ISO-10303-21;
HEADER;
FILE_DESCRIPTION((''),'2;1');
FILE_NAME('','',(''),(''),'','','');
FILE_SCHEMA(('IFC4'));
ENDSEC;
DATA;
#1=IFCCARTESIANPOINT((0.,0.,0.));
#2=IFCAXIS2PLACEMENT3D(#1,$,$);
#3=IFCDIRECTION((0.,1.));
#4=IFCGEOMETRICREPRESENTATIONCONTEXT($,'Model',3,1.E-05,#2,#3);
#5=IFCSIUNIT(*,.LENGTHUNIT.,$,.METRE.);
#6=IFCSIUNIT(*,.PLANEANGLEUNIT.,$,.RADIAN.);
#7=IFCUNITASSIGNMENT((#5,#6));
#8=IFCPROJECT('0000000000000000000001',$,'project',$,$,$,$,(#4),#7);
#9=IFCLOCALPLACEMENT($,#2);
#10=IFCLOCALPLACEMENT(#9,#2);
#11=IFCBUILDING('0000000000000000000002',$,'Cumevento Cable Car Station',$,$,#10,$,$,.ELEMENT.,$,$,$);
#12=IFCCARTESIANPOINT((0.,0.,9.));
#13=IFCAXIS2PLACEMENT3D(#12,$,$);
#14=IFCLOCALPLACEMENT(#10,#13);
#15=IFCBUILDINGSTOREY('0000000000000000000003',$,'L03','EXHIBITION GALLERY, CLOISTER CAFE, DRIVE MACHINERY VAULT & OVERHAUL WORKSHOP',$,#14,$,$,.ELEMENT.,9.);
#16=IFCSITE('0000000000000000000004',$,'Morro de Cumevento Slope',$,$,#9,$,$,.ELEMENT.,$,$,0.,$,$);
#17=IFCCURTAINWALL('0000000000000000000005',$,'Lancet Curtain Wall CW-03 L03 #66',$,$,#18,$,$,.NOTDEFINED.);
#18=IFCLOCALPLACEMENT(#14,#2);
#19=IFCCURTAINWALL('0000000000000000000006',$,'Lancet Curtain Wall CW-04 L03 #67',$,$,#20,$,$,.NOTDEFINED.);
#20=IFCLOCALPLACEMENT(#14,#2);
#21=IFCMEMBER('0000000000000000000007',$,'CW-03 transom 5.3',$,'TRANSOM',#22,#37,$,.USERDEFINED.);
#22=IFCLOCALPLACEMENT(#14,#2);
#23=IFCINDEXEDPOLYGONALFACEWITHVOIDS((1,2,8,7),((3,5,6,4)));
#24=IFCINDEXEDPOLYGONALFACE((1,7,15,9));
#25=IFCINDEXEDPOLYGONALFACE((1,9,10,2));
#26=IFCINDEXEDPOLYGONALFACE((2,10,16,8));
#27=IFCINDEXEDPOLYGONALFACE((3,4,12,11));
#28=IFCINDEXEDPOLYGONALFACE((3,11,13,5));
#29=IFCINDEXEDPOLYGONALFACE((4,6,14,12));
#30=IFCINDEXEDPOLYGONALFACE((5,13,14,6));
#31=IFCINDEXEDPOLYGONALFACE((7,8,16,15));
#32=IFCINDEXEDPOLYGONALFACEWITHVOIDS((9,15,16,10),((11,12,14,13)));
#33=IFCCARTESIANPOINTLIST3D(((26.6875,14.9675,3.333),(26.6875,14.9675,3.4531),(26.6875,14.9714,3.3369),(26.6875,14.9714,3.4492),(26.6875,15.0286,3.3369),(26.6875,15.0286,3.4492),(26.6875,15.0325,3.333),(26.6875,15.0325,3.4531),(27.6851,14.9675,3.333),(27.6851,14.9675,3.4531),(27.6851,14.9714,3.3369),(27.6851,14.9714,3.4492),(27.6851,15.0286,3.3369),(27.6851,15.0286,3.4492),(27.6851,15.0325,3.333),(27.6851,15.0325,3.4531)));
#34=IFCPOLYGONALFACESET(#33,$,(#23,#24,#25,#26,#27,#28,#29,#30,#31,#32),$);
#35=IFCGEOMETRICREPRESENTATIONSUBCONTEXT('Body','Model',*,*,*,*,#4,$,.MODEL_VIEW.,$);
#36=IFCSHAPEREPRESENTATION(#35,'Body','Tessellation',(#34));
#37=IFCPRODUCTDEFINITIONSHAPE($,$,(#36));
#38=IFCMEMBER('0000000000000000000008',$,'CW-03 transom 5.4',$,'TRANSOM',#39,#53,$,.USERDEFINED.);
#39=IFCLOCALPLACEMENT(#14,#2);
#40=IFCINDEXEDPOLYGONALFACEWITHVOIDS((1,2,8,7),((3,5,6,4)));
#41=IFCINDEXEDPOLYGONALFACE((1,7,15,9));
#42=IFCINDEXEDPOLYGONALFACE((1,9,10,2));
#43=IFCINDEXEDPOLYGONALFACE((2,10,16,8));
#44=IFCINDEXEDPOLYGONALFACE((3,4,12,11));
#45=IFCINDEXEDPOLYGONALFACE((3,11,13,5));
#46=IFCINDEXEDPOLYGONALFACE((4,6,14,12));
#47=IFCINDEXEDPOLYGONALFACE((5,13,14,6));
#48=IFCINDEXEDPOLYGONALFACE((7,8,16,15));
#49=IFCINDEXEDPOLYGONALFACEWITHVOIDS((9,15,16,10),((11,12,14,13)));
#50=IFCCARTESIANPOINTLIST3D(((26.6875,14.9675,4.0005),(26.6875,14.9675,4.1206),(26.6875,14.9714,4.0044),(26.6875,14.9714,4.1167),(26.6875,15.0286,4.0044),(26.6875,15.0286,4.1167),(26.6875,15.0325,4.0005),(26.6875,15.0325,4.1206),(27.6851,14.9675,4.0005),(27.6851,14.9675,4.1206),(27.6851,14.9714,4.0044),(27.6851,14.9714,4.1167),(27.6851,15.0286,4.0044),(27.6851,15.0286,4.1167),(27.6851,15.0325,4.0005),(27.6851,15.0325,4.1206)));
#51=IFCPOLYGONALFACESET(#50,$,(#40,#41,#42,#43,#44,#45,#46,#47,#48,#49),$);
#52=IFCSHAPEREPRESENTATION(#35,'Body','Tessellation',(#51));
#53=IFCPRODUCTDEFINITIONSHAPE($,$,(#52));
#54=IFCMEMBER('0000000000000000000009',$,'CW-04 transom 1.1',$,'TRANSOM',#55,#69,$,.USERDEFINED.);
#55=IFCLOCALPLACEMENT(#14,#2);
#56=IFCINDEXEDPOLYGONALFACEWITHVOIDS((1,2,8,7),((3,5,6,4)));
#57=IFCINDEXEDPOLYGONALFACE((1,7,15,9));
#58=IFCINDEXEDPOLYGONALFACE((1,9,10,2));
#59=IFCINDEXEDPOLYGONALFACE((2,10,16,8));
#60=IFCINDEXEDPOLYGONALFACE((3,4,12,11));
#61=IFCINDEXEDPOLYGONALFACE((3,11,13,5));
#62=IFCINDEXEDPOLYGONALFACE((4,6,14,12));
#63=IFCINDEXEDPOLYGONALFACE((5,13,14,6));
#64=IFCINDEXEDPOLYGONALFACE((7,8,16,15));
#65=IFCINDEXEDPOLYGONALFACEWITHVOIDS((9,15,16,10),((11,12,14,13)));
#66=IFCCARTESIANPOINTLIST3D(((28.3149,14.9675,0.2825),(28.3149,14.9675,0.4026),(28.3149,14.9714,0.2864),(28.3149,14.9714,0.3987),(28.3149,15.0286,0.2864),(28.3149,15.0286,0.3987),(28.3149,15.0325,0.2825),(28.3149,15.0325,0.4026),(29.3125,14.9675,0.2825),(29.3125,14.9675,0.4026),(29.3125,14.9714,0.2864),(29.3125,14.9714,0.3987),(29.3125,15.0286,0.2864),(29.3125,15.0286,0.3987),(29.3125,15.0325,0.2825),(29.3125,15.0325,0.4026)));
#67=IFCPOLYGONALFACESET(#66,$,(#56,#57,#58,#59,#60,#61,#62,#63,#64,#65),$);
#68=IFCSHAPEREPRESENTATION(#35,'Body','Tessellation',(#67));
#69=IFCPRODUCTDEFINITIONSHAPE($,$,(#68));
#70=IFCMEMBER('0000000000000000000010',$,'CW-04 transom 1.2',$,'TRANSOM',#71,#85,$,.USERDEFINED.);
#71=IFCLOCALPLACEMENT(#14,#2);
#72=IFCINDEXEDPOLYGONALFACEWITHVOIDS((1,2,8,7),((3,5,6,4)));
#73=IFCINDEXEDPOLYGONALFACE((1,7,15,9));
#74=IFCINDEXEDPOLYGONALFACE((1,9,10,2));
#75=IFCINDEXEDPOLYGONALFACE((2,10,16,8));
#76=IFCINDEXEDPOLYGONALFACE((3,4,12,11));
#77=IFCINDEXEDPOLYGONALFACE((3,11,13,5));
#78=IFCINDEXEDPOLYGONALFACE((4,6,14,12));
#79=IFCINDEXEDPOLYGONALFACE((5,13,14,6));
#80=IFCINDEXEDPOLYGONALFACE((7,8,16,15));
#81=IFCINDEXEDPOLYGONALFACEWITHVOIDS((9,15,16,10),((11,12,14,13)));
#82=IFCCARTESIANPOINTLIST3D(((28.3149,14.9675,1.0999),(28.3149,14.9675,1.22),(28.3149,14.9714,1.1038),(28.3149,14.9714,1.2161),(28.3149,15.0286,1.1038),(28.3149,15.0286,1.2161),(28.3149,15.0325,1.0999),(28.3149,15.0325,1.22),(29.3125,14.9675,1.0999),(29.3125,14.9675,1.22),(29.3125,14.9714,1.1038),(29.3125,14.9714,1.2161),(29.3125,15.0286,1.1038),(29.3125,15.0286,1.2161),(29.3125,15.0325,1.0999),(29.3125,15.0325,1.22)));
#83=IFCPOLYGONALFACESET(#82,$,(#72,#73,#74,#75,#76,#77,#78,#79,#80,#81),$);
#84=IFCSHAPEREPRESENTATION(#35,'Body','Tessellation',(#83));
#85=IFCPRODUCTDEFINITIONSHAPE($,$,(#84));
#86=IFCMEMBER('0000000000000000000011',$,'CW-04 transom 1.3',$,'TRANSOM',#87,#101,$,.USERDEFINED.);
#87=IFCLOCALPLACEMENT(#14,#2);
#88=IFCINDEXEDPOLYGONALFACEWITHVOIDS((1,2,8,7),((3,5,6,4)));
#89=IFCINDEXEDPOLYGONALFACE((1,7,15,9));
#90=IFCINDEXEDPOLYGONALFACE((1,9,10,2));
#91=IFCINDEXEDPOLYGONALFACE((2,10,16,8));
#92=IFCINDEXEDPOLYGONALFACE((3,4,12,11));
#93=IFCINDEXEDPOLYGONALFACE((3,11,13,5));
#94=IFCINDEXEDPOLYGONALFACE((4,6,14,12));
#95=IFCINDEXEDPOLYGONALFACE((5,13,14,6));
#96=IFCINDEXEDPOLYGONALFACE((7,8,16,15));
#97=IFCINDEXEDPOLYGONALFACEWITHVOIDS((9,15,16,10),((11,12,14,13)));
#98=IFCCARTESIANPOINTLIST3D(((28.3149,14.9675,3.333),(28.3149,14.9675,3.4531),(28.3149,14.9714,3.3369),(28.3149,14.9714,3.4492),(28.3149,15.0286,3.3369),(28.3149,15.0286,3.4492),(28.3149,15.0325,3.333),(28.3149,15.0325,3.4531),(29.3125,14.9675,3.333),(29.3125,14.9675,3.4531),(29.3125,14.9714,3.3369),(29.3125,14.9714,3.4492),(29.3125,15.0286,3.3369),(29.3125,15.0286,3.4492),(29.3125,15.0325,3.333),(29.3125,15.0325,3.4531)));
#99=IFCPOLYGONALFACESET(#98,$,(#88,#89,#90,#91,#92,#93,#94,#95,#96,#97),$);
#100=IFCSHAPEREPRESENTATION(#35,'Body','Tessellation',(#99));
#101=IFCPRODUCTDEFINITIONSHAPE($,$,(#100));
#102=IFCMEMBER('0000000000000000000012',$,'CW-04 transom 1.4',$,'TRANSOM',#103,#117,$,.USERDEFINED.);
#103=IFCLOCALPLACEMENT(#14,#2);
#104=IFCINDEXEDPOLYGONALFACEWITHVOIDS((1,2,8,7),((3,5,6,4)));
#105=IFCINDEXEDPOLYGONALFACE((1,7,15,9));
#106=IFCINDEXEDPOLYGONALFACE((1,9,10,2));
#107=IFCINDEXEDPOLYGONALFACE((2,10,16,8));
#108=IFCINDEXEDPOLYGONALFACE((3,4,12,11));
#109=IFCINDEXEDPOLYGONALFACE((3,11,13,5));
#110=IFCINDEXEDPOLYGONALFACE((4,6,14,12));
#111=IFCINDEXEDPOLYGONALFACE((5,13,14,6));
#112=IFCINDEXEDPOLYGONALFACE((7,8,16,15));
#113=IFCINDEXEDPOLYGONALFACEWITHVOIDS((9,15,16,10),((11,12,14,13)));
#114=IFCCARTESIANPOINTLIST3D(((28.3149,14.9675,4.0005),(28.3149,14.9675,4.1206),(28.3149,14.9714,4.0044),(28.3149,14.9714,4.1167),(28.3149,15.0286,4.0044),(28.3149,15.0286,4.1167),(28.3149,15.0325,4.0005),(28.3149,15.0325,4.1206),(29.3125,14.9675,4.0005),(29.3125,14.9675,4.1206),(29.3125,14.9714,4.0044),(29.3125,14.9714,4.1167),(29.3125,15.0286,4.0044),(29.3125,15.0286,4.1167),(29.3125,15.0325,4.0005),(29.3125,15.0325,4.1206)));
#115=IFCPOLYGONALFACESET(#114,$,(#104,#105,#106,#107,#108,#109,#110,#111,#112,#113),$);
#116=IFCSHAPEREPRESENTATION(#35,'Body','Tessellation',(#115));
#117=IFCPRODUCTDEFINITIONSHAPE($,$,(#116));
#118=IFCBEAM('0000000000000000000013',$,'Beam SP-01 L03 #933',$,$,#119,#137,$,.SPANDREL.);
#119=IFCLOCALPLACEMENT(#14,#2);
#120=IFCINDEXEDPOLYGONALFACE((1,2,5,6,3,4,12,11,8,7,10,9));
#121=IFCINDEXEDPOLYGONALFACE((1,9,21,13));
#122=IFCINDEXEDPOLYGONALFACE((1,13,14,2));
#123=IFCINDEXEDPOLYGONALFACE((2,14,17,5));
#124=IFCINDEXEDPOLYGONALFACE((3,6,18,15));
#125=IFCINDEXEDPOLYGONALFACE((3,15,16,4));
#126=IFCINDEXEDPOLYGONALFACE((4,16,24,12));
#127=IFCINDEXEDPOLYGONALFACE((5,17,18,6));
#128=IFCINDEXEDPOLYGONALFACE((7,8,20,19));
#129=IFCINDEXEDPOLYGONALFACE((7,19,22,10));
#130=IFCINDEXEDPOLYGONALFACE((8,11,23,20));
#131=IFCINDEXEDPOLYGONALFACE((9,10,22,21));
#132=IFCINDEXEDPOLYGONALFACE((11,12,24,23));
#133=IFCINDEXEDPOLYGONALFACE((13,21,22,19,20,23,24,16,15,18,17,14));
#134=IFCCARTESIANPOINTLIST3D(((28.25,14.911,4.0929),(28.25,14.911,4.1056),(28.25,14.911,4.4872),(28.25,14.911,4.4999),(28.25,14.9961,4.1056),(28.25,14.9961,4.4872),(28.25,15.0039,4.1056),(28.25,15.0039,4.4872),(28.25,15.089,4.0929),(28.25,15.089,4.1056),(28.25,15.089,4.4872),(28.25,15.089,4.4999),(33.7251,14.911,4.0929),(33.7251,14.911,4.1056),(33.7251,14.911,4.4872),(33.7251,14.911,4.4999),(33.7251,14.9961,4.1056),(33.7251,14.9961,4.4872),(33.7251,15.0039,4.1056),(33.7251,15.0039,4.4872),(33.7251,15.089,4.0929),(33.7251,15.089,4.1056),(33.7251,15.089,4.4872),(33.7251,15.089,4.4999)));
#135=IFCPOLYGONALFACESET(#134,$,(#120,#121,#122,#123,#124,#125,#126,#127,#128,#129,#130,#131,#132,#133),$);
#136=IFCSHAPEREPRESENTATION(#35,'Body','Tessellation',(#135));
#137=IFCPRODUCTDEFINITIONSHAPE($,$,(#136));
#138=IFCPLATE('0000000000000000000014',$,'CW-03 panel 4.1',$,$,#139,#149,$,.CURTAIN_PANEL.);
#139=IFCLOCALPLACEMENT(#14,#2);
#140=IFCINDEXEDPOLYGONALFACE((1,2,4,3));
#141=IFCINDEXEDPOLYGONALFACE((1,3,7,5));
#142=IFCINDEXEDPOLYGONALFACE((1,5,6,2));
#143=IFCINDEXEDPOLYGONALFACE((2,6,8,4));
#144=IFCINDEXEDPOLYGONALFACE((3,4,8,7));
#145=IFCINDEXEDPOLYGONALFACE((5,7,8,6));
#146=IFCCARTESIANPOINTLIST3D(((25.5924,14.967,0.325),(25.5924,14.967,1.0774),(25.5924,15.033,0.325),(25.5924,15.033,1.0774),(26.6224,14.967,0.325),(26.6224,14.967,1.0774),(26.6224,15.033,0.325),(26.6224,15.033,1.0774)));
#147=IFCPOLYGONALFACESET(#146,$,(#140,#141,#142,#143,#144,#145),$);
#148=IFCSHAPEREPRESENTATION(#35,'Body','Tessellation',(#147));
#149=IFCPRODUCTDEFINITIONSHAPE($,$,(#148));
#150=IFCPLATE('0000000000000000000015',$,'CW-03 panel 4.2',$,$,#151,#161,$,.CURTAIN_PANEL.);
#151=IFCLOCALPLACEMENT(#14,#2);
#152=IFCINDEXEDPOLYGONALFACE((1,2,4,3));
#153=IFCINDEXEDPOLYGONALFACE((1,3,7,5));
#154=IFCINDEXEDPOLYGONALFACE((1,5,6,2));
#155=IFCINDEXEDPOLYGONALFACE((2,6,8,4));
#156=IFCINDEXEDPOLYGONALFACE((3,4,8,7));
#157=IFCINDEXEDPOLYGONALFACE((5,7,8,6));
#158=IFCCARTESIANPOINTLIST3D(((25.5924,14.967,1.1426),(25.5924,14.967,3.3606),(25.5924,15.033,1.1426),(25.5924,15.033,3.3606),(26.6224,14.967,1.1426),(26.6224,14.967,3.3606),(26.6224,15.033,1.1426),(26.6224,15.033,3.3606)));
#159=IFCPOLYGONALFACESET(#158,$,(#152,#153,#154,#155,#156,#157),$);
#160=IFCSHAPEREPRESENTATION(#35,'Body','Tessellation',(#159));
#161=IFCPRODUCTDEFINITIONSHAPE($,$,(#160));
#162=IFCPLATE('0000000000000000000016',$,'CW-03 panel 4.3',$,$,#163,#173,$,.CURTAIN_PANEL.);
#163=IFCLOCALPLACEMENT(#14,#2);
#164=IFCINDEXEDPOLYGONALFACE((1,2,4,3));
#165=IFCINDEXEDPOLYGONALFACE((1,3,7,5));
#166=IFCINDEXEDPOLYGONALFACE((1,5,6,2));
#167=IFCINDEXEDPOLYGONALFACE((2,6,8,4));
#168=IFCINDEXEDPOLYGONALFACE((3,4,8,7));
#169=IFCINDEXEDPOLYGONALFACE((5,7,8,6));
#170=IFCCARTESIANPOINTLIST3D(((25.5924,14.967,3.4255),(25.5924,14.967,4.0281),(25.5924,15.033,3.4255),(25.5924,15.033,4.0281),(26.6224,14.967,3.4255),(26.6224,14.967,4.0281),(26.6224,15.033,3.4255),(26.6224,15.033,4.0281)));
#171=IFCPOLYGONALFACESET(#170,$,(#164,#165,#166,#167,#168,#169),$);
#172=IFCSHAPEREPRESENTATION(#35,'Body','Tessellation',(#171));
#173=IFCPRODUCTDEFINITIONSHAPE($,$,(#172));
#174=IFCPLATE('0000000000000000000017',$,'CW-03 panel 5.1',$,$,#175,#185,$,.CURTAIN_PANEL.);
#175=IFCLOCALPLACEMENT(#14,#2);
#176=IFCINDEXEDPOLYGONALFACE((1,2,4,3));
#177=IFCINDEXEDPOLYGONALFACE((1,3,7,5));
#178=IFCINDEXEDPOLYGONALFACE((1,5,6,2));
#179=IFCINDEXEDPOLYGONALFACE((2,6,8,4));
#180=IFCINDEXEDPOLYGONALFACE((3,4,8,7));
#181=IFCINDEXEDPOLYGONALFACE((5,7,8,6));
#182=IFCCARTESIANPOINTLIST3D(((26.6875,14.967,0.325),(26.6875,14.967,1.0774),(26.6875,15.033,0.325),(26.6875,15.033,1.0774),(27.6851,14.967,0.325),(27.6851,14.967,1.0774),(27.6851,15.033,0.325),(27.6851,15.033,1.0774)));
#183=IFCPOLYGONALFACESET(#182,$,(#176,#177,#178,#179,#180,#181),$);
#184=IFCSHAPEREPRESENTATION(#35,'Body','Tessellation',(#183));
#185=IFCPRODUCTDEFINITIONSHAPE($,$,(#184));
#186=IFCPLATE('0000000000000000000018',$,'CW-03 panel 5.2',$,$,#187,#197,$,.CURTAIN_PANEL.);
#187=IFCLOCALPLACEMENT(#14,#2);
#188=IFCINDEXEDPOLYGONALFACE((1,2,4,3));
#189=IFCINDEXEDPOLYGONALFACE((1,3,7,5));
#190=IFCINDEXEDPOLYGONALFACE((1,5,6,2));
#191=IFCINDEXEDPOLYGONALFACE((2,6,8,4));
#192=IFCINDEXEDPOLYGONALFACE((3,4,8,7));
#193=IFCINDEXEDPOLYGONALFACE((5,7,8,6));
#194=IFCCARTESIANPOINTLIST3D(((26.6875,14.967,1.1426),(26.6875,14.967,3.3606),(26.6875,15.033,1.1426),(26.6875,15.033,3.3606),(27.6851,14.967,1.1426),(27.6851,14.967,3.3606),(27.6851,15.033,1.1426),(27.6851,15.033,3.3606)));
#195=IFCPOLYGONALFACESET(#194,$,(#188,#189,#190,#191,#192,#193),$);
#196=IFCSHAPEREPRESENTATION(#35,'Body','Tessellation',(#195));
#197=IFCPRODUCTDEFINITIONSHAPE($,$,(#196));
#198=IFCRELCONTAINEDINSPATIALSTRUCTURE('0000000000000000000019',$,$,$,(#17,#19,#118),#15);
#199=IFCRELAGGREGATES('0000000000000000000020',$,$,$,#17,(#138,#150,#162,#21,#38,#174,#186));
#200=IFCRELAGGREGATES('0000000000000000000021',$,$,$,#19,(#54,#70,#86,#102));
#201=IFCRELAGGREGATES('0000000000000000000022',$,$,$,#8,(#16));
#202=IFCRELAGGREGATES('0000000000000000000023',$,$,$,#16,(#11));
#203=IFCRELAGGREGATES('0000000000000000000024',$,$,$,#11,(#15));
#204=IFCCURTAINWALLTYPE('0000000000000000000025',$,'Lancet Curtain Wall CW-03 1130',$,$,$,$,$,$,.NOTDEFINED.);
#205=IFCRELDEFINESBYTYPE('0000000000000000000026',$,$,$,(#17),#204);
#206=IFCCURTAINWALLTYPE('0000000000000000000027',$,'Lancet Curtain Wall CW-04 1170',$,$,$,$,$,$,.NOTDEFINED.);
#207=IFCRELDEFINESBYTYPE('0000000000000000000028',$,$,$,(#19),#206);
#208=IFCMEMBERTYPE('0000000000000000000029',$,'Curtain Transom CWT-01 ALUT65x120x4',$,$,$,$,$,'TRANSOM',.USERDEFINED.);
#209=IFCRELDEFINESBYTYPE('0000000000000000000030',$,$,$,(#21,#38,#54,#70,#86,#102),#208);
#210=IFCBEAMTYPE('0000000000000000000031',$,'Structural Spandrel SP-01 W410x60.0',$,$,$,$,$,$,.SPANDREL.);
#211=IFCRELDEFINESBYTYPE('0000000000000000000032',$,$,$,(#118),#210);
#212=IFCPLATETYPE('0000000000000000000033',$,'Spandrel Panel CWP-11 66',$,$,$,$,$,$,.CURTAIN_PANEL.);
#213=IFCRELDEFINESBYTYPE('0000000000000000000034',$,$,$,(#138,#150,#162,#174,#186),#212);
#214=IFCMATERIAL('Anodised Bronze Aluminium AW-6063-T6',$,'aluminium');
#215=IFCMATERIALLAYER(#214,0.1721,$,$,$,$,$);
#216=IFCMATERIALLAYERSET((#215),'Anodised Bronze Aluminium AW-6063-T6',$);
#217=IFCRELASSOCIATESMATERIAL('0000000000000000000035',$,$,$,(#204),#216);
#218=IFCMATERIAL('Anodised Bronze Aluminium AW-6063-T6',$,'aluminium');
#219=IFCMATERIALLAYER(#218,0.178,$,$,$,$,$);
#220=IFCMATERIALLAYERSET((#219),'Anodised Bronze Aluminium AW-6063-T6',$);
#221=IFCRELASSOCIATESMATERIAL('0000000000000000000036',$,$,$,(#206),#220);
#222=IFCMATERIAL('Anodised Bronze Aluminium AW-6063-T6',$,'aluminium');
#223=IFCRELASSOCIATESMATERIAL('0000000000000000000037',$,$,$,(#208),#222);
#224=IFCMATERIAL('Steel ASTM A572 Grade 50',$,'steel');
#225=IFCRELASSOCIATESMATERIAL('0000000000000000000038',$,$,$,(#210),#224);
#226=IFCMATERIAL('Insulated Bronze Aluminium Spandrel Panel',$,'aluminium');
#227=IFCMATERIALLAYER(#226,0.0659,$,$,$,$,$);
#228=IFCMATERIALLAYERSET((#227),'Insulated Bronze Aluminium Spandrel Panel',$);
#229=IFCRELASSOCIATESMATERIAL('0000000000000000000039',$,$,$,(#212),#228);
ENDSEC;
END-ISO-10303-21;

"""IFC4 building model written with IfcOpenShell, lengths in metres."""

from ifc_helpers import new_model, si_unit, direction, frame, origin, origin_2d, place, context, subcontext, project, spatial, rectangle, hollow_rectangle, i_section, extrude, material, layer, layer_set, material_profile, profile_set, type_object, element, aggregate, save


model = new_model("IFC4")

# Units and contexts
model_context = context("Model", 3, precision=1e-05, world=origin(), true_north=direction((0.0, 1.0)))
body_context = subcontext(model_context, "Body", "Model", "MODEL_VIEW")
ifc_project = project(units=[si_unit("LENGTHUNIT", "METRE"), si_unit("PLANEANGLEUNIT", "RADIAN")], contexts=[model_context])

# Site, building, storey
site_placement = place(None, origin())
site = spatial("IfcSite", under=ifc_project, at=site_placement, Name="Morro de Cumevento Slope", CompositionType="ELEMENT", RefElevation=0.0)
building_placement = place(site_placement, origin())
building = spatial("IfcBuilding", under=site, at=building_placement, Name="Cumevento Cable Car Station", CompositionType="ELEMENT")
storey_placement = place(building_placement, frame((0.0, 0.0, 9.0)))
storey = spatial("IfcBuildingStorey", under=building, at=storey_placement, Name="L03", Description="EXHIBITION GALLERY, CLOISTER CAFE, DRIVE MACHINERY VAULT & OVERHAUL WORKSHOP", CompositionType="ELEMENT", Elevation=9.0)

# Curtain wall
ifc_material_1 = material(Name="Anodised Bronze Aluminium AW-6063-T6", Category="aluminium")
ifc_layer_1 = layer(ifc_material_1, 0.1721)
ifc_layer_set_1 = layer_set([ifc_layer_1], Name="Anodised Bronze Aluminium AW-6063-T6")
curtain_wall_type_1 = type_object("IfcCurtainWallType", Name="Lancet Curtain Wall CW-03 1130", PredefinedType="NOTDEFINED", material=ifc_layer_set_1)
curtain_wall_1_placement = place(storey_placement, origin())
curtain_wall_1 = element("IfcCurtainWall", 1, at=curtain_wall_1_placement, inside=storey, type_object=curtain_wall_type_1, Name="Lancet Curtain Wall CW-03 L03 #66", PredefinedType="NOTDEFINED")

# Curtain wall
ifc_material_2 = material(Name="Anodised Bronze Aluminium AW-6063-T6", Category="aluminium")
ifc_layer_2 = layer(ifc_material_2, 0.178)
ifc_layer_set_2 = layer_set([ifc_layer_2], Name="Anodised Bronze Aluminium AW-6063-T6")
curtain_wall_type_2 = type_object("IfcCurtainWallType", Name="Lancet Curtain Wall CW-04 1170", PredefinedType="NOTDEFINED", material=ifc_layer_set_2)
curtain_wall_2_placement = place(storey_placement, origin())
curtain_wall_2 = element("IfcCurtainWall", 2, at=curtain_wall_2_placement, inside=storey, type_object=curtain_wall_type_2, Name="Lancet Curtain Wall CW-04 L03 #67", PredefinedType="NOTDEFINED")

# Members
ifc_material_3 = material(Name="Anodised Bronze Aluminium AW-6063-T6", Category="aluminium")
ifc_material_profile_1 = material_profile(ifc_material_3, hollow_rectangle(XDim=0.0649, YDim=0.1201, WallThickness=0.0039, at=origin_2d()), Name="ALUT65x120x4")
ifc_profile_set_1 = profile_set([ifc_material_profile_1], Name="Anodised Bronze Aluminium AW-6063-T6")
member_type_1 = type_object("IfcMemberType", Name="Curtain Transom CWT-01 ALUT65x120x4", ElementType="TRANSOM", PredefinedType="USERDEFINED", material=ifc_profile_set_1)
member_1_placement = place(storey_placement, frame((26.6875, 15.0, 3.3931), z_axis=(1.0, 0.0, 0.0), x_axis=(0.0, 1.0, 0.0)))
member_1 = element("IfcMember", 3, at=member_1_placement, type_object=member_type_1, Name="CW-03 transom 5.3", ObjectType="TRANSOM", PredefinedType="USERDEFINED", context=body_context, shape_type="SweptSolid", body=[
    extrude(hollow_rectangle(XDim=0.0649, YDim=0.1201, WallThickness=0.0039, at=origin_2d()), origin(), (0.0, 0.0, 1.0), 0.9976),
])
member_2_placement = place(storey_placement, frame((26.6875, 15.0, 4.0605), z_axis=(1.0, 0.0, 0.0), x_axis=(0.0, 1.0, 0.0)))
member_2 = element("IfcMember", 4, at=member_2_placement, type_object=member_type_1, Name="CW-03 transom 5.4", ObjectType="TRANSOM", PredefinedType="USERDEFINED", context=body_context, shape_type="SweptSolid", body=[
    extrude(hollow_rectangle(XDim=0.0649, YDim=0.1201, WallThickness=0.0039, at=origin_2d()), origin(), (0.0, 0.0, 1.0), 0.9976),
])
member_3_placement = place(storey_placement, frame((28.3149, 15.0, 0.3425), z_axis=(1.0, 0.0, 0.0), x_axis=(0.0, 1.0, 0.0)))
member_3 = element("IfcMember", 5, at=member_3_placement, type_object=member_type_1, Name="CW-04 transom 1.1", ObjectType="TRANSOM", PredefinedType="USERDEFINED", context=body_context, shape_type="SweptSolid", body=[
    extrude(hollow_rectangle(XDim=0.0649, YDim=0.1201, WallThickness=0.0039, at=origin_2d()), origin(), (0.0, 0.0, 1.0), 0.9976),
])
member_4_placement = place(storey_placement, frame((28.3149, 15.0, 1.1599), z_axis=(1.0, 0.0, 0.0), x_axis=(0.0, 1.0, 0.0)))
member_4 = element("IfcMember", 6, at=member_4_placement, type_object=member_type_1, Name="CW-04 transom 1.2", ObjectType="TRANSOM", PredefinedType="USERDEFINED", context=body_context, shape_type="SweptSolid", body=[
    extrude(hollow_rectangle(XDim=0.0649, YDim=0.1201, WallThickness=0.0039, at=origin_2d()), origin(), (0.0, 0.0, 1.0), 0.9976),
])
member_5_placement = place(storey_placement, frame((28.3149, 15.0, 3.3931), z_axis=(1.0, 0.0, 0.0), x_axis=(0.0, 1.0, 0.0)))
member_5 = element("IfcMember", 7, at=member_5_placement, type_object=member_type_1, Name="CW-04 transom 1.3", ObjectType="TRANSOM", PredefinedType="USERDEFINED", context=body_context, shape_type="SweptSolid", body=[
    extrude(hollow_rectangle(XDim=0.0649, YDim=0.1201, WallThickness=0.0039, at=origin_2d()), origin(), (0.0, 0.0, 1.0), 0.9976),
])
member_6_placement = place(storey_placement, frame((28.3149, 15.0, 4.0605), z_axis=(1.0, 0.0, 0.0), x_axis=(0.0, 1.0, 0.0)))
member_6 = element("IfcMember", 8, at=member_6_placement, type_object=member_type_1, Name="CW-04 transom 1.4", ObjectType="TRANSOM", PredefinedType="USERDEFINED", context=body_context, shape_type="SweptSolid", body=[
    extrude(hollow_rectangle(XDim=0.0649, YDim=0.1201, WallThickness=0.0039, at=origin_2d()), origin(), (0.0, 0.0, 1.0), 0.9976),
])

# Beam
ifc_material_4 = material(Name="Steel ASTM A572 Grade 50", Category="steel")
ifc_material_profile_2 = material_profile(ifc_material_4, i_section(OverallWidth=0.178, OverallDepth=0.407, WebThickness=0.0078, FlangeThickness=0.0127, at=origin_2d()), Name="W410x60.0")
ifc_profile_set_2 = profile_set([ifc_material_profile_2], Name="Steel ASTM A572 Grade 50")
beam_type = type_object("IfcBeamType", Name="Structural Spandrel SP-01 W410x60.0", PredefinedType="SPANDREL", material=ifc_profile_set_2)
beam_placement = place(storey_placement, frame((28.25, 15.0, 4.2964), z_axis=(1.0, 0.0, 0.0), x_axis=(0.0, 1.0, 0.0)))
element("IfcBeam", 9, at=beam_placement, inside=storey, type_object=beam_type, Name="Beam SP-01 L03 #933", PredefinedType="SPANDREL", context=body_context, shape_type="SweptSolid", body=[
    extrude(i_section(OverallWidth=0.178, OverallDepth=0.407, WebThickness=0.0078, FlangeThickness=0.0127, at=origin_2d()), origin(), (0.0, 0.0, 1.0), 5.4751),
])

# Plates
ifc_material_5 = material(Name="Insulated Bronze Aluminium Spandrel Panel", Category="aluminium")
ifc_layer_3 = layer(ifc_material_5, 0.0659)
ifc_layer_set_3 = layer_set([ifc_layer_3], Name="Insulated Bronze Aluminium Spandrel Panel")
plate_type_1 = type_object("IfcPlateType", Name="Spandrel Panel CWP-11 66", PredefinedType="CURTAIN_PANEL", material=ifc_layer_set_3)
plate_1_placement = place(storey_placement, frame((26.1074, 15.0, 0.325), z_axis=(0.0, 0.0, 1.0), x_axis=(1.0, 0.0, 0.0)))
plate_1 = element("IfcPlate", 10, at=plate_1_placement, type_object=plate_type_1, Name="CW-03 panel 4.1", PredefinedType="CURTAIN_PANEL", context=body_context, shape_type="SweptSolid", body=[
    extrude(rectangle(XDim=1.03, YDim=0.0659, at=origin_2d()), origin(), (0.0, 0.0, 1.0), 0.7524),
])
plate_2_placement = place(storey_placement, frame((26.1074, 15.0, 1.1426), z_axis=(0.0, 0.0, 1.0), x_axis=(1.0, 0.0, 0.0)))
plate_2 = element("IfcPlate", 11, at=plate_2_placement, type_object=plate_type_1, Name="CW-03 panel 4.2", PredefinedType="CURTAIN_PANEL", context=body_context, shape_type="SweptSolid", body=[
    extrude(rectangle(XDim=1.03, YDim=0.0659, at=origin_2d()), origin(), (0.0, 0.0, 1.0), 2.218),
])
plate_3_placement = place(storey_placement, frame((26.1074, 15.0, 3.4255), z_axis=(0.0, 0.0, 1.0), x_axis=(1.0, 0.0, 0.0)))
plate_3 = element("IfcPlate", 12, at=plate_3_placement, type_object=plate_type_1, Name="CW-03 panel 4.3", PredefinedType="CURTAIN_PANEL", context=body_context, shape_type="SweptSolid", body=[
    extrude(rectangle(XDim=1.03, YDim=0.0659, at=origin_2d()), origin(), (0.0, 0.0, 1.0), 0.6025),
])
plate_4_placement = place(storey_placement, frame((27.1863, 15.0, 0.325), z_axis=(0.0, 0.0, 1.0), x_axis=(1.0, 0.0, 0.0)))
plate_4 = element("IfcPlate", 13, at=plate_4_placement, type_object=plate_type_1, Name="CW-03 panel 5.1", PredefinedType="CURTAIN_PANEL", context=body_context, shape_type="SweptSolid", body=[
    extrude(rectangle(XDim=0.9976, YDim=0.0659, at=origin_2d()), origin(), (0.0, 0.0, 1.0), 0.7524),
])
plate_5_placement = place(storey_placement, frame((27.1863, 15.0, 1.1426), z_axis=(0.0, 0.0, 1.0), x_axis=(1.0, 0.0, 0.0)))
plate_5 = element("IfcPlate", 14, at=plate_5_placement, type_object=plate_type_1, Name="CW-03 panel 5.2", PredefinedType="CURTAIN_PANEL", context=body_context, shape_type="SweptSolid", body=[
    extrude(rectangle(XDim=0.9976, YDim=0.0659, at=origin_2d()), origin(), (0.0, 0.0, 1.0), 2.218),
])
aggregate(curtain_wall_1, [plate_1, plate_2, plate_3, member_1, member_2, plate_4, plate_5])
aggregate(curtain_wall_2, [member_3, member_4, member_5, member_6])

save(model, "model.ifc")
